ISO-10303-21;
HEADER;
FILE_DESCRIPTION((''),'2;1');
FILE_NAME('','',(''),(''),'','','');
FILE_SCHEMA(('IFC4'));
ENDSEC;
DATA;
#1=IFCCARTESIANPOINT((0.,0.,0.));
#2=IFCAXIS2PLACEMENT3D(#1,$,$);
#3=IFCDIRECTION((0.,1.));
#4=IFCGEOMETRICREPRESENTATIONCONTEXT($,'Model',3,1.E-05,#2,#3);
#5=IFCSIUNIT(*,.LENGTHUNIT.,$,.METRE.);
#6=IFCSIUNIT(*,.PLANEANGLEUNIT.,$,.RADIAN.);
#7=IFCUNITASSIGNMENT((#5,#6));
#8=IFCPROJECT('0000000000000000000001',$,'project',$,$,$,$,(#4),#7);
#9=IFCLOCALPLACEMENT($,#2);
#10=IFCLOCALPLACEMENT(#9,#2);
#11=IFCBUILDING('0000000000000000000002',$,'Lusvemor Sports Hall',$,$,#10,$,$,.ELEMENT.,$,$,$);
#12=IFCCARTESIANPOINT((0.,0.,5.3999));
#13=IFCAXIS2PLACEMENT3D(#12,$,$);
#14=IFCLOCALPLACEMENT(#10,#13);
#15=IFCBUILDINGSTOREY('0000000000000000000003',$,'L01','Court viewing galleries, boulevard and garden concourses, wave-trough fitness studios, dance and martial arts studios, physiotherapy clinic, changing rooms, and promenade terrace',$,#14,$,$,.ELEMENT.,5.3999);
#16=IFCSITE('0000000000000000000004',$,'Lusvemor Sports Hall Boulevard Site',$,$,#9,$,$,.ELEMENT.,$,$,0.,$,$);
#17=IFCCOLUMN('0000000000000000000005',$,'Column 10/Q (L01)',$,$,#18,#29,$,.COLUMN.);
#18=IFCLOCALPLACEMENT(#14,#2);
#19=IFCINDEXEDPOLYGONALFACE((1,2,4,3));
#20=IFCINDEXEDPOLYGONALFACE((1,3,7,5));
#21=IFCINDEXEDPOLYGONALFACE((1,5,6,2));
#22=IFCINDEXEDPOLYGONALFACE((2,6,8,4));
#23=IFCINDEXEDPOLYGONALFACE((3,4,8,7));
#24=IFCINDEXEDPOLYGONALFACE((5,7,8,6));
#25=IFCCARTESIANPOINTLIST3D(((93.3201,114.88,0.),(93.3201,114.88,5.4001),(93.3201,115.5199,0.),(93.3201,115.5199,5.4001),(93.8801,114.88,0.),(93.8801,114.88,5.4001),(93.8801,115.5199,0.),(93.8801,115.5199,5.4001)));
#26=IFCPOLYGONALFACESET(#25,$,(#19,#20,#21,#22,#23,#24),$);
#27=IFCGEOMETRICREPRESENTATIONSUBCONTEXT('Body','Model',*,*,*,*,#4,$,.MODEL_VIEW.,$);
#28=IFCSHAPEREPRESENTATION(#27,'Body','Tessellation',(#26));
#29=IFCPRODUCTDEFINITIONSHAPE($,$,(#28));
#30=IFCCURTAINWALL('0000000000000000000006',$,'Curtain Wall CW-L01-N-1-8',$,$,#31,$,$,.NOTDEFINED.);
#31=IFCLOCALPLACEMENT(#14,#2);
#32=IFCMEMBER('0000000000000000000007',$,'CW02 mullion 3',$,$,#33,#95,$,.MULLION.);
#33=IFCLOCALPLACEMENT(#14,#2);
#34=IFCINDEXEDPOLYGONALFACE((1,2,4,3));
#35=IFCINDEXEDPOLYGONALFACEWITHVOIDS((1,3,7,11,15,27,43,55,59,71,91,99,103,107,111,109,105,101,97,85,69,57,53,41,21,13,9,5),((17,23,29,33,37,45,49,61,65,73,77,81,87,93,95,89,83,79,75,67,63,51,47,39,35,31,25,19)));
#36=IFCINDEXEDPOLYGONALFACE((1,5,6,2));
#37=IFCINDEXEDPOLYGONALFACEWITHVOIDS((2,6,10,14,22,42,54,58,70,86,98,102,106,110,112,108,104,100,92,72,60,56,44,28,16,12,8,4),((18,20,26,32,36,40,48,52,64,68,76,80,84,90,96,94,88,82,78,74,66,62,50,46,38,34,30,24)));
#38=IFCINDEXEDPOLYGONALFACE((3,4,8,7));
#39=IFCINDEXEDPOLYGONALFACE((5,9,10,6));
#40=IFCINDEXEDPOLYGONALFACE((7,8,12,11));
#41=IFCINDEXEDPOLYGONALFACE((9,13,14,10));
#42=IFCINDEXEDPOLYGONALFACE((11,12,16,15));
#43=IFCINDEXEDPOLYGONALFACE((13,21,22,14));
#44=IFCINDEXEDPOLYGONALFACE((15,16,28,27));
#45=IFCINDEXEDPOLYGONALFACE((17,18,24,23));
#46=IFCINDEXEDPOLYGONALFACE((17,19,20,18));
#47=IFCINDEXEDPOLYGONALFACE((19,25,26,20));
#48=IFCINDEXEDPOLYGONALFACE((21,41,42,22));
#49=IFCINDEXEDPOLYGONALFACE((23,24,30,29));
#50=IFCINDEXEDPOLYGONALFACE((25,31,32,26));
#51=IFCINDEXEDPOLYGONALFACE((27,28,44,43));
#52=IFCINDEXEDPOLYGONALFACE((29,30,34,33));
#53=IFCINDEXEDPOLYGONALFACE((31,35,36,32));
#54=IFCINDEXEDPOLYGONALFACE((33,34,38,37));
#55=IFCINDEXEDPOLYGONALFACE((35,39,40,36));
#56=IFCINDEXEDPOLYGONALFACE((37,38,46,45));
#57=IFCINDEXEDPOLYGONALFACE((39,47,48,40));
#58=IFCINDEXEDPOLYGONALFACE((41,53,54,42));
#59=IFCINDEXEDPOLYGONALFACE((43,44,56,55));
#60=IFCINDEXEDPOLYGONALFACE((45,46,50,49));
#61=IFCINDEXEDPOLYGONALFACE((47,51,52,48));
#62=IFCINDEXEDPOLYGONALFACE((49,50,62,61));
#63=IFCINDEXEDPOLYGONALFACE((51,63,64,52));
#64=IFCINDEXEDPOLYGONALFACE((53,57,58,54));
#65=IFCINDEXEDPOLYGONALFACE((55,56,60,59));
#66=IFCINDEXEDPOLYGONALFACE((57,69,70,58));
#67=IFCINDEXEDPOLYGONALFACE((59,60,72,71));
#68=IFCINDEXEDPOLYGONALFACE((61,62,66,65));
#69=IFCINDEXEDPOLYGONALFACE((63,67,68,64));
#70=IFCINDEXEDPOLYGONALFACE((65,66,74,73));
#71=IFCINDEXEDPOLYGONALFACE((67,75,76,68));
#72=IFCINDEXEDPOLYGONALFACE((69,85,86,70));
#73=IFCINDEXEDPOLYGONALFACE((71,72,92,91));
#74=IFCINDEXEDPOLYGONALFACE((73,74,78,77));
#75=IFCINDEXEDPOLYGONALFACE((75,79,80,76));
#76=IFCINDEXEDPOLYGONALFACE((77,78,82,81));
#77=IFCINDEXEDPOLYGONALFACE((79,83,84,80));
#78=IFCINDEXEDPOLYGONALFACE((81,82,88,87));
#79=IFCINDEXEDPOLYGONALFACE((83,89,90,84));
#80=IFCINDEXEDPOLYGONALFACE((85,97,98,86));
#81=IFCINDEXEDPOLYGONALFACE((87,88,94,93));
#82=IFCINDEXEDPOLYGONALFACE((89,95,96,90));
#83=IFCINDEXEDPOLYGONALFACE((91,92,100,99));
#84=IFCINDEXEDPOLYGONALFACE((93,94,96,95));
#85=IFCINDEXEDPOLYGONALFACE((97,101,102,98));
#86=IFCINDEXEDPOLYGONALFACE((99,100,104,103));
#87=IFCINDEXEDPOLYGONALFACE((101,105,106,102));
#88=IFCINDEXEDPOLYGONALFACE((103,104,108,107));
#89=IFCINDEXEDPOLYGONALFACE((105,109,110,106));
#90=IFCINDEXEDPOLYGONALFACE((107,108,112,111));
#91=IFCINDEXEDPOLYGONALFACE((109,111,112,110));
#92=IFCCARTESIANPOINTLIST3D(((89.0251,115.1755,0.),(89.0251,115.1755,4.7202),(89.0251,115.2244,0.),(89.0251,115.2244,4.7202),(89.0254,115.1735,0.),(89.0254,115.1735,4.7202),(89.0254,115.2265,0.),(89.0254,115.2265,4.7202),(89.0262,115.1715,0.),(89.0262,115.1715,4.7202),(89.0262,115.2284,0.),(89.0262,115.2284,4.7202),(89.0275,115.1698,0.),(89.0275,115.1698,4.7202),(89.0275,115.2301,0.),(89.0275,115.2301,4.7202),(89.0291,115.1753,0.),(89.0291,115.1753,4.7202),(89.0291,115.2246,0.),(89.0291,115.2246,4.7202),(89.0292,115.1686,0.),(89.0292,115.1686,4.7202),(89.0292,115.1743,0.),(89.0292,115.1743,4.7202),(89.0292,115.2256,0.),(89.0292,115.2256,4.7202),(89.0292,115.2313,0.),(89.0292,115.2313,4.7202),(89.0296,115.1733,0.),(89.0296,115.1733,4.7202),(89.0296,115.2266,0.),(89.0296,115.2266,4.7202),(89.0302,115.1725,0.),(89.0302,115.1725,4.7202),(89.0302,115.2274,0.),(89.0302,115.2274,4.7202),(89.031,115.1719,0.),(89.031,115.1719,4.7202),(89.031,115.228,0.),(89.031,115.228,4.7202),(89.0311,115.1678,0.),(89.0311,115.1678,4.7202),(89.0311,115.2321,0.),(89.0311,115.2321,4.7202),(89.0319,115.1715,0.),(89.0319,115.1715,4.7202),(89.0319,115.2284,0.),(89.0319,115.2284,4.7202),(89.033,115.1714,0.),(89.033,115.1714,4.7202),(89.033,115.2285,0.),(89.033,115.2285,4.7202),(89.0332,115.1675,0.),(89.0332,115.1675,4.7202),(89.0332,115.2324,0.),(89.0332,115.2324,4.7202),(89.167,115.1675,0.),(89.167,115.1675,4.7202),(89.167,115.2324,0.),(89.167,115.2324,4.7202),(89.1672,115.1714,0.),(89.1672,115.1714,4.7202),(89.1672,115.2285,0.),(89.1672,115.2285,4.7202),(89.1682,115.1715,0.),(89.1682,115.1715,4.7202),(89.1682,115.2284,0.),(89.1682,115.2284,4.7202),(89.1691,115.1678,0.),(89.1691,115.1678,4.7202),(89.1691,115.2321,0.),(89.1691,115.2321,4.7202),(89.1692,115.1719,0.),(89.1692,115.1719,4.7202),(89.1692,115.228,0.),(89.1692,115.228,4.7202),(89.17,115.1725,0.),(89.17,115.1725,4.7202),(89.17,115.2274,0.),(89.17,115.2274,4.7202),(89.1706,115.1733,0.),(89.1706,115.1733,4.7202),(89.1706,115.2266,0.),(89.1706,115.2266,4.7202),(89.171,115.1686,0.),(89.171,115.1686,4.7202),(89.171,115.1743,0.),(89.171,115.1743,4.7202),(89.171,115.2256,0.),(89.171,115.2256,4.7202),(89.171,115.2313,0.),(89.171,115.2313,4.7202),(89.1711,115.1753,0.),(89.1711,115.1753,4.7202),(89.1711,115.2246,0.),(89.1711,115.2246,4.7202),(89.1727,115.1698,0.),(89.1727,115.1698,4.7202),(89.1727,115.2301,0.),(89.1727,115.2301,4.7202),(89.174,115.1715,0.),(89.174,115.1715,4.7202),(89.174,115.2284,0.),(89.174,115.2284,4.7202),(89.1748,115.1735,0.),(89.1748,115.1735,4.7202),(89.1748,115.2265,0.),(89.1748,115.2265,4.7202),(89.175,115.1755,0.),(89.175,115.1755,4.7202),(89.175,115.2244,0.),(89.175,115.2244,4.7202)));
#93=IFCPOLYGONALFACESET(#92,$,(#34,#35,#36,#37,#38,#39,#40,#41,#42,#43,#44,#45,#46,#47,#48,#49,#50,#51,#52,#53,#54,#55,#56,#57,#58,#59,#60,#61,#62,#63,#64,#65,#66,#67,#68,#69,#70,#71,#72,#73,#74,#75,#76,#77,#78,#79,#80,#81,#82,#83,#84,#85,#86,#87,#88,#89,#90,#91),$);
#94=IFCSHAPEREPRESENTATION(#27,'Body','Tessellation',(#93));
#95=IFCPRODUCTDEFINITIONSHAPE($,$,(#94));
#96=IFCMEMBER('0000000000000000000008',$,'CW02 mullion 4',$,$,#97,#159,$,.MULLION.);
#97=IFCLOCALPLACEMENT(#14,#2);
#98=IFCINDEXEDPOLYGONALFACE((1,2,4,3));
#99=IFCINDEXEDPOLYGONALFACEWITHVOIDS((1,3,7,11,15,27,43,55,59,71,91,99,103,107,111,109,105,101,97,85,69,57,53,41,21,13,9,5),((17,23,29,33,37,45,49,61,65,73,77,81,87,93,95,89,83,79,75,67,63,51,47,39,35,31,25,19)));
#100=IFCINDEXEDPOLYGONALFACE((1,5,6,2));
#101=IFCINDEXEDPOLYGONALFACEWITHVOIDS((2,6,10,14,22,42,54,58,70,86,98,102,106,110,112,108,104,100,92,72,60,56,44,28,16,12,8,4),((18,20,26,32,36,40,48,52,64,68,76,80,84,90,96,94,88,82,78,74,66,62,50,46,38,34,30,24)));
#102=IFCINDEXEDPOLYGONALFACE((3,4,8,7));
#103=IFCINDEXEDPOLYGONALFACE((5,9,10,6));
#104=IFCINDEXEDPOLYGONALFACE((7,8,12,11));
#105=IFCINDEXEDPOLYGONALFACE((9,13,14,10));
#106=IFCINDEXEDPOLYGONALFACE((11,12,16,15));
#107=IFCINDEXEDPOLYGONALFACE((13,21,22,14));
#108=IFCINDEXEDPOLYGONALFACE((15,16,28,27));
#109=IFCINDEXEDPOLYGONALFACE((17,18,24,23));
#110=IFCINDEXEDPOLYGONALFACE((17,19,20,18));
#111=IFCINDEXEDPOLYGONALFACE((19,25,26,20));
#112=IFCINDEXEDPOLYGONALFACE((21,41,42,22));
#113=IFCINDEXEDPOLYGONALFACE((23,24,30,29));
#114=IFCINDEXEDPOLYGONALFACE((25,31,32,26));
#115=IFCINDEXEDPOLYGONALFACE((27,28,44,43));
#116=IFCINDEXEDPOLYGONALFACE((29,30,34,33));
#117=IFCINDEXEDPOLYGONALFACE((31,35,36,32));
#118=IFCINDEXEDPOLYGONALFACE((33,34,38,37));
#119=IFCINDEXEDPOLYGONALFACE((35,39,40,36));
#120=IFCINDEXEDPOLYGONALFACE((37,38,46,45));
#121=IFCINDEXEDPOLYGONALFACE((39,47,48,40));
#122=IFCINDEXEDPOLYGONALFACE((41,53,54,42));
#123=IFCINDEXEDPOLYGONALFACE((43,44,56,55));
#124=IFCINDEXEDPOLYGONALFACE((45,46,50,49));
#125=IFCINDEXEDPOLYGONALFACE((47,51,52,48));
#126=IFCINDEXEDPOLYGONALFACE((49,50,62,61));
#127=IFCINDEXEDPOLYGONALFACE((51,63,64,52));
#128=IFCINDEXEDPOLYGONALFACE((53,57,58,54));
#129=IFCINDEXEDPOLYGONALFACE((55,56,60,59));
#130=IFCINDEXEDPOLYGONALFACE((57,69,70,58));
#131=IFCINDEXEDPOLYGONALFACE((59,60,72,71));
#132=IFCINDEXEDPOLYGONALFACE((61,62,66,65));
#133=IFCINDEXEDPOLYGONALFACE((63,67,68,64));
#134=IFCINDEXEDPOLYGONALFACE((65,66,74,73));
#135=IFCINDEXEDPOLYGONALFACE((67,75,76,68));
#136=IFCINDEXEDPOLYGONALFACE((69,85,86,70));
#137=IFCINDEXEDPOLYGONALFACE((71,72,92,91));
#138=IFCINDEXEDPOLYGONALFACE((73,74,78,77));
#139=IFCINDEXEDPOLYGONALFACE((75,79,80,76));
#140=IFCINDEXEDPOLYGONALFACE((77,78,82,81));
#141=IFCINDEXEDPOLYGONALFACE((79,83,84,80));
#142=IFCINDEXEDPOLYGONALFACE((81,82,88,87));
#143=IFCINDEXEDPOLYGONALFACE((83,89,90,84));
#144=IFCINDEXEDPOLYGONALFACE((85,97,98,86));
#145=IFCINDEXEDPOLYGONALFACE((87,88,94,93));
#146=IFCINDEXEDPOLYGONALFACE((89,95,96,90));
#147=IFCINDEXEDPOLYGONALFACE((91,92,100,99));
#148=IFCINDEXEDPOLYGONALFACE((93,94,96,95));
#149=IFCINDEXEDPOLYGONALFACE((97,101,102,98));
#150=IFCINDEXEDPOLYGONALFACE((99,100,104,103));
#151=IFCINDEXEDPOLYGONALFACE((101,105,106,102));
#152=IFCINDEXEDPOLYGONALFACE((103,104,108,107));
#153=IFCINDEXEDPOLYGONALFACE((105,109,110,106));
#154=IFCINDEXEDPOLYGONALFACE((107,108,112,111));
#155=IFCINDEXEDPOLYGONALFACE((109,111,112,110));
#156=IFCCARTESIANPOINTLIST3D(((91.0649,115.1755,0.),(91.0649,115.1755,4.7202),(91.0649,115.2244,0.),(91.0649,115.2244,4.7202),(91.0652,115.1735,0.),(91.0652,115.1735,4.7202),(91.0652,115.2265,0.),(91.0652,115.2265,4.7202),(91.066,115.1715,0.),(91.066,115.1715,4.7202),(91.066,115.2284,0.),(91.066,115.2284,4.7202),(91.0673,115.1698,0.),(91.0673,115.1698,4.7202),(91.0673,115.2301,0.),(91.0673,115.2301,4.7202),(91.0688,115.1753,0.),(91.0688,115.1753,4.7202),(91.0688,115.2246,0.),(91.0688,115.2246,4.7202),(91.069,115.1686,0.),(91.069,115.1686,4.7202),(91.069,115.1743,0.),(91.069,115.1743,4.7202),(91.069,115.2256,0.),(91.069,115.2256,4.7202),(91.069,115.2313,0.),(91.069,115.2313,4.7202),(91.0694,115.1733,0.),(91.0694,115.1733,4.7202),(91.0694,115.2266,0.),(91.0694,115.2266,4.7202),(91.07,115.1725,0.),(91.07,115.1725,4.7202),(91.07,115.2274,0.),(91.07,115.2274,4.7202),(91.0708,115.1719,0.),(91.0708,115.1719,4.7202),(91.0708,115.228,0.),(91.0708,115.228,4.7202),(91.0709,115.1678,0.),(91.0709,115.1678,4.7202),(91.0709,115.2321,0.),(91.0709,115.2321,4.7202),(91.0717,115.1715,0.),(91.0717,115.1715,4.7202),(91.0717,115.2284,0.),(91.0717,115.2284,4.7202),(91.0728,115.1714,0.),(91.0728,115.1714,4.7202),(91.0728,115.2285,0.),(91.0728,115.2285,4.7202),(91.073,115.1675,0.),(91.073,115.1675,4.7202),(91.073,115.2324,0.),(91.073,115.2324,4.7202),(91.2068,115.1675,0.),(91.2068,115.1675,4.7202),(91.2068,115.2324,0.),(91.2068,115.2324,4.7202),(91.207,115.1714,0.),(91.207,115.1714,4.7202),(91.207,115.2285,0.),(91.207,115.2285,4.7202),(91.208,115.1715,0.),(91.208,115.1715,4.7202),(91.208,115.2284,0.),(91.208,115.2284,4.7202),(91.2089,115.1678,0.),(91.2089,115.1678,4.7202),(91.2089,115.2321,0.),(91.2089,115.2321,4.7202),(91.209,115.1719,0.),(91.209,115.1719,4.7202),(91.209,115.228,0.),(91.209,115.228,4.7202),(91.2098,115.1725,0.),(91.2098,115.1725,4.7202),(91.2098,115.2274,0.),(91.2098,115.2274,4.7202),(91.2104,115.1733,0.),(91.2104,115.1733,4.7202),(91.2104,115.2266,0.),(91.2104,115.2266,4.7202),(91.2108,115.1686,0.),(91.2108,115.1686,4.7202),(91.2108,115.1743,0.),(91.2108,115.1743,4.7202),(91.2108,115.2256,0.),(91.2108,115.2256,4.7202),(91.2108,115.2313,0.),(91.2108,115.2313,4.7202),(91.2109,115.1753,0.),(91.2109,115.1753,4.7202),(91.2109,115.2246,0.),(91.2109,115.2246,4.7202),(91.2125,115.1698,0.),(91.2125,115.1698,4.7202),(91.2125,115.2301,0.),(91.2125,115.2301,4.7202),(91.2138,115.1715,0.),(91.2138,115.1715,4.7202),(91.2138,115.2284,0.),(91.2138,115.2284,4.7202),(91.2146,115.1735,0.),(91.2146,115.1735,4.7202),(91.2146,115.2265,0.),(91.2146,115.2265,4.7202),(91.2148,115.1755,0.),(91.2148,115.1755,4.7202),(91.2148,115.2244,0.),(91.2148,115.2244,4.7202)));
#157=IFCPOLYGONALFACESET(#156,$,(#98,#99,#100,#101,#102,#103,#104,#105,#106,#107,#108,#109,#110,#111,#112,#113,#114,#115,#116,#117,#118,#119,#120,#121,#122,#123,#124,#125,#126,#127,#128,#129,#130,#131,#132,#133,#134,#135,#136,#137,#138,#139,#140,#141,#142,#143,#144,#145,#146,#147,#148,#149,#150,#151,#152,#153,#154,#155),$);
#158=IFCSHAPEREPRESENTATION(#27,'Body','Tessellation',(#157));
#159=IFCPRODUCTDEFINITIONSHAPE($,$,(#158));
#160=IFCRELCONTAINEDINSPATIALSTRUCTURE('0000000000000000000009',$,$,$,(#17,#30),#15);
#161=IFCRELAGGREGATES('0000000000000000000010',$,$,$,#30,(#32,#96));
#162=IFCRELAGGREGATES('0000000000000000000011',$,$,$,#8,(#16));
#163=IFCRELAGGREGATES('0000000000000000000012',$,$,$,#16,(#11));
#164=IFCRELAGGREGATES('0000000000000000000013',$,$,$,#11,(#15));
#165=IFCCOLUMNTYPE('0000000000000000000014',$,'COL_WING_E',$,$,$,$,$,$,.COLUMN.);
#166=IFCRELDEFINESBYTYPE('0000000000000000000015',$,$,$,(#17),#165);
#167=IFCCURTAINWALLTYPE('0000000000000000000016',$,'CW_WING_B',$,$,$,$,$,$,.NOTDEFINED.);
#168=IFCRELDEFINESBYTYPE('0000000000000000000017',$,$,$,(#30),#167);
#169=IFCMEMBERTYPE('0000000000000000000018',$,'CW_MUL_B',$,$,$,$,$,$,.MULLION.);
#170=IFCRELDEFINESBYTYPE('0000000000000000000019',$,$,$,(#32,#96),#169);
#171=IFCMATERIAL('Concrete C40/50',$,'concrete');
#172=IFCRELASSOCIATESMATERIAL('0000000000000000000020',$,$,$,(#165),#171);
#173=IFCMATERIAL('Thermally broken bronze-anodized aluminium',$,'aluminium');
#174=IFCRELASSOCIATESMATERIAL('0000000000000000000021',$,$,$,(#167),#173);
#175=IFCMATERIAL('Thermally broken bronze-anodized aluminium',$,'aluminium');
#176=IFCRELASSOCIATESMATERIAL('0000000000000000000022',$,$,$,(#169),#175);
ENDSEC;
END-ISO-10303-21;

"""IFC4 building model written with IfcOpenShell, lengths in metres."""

from ifc_helpers import new_model, si_unit, direction, frame, origin, origin_2d, place, context, subcontext, project, spatial, rectangle, hollow_rectangle, extrude, material, material_profile, profile_set, type_object, element, aggregate, save


model = new_model("IFC4")

# Units and contexts
model_context = context("Model", 3, precision=1e-05, world=origin(), true_north=direction((0.0, 1.0)))
body_context = subcontext(model_context, "Body", "Model", "MODEL_VIEW")
ifc_project = project(units=[si_unit("LENGTHUNIT", "METRE"), si_unit("PLANEANGLEUNIT", "RADIAN")], contexts=[model_context])

# Site, building, storey
site_placement = place(None, origin())
site = spatial("IfcSite", under=ifc_project, at=site_placement, Name="Lusvemor Sports Hall Boulevard Site", CompositionType="ELEMENT", RefElevation=0.0)
building_placement = place(site_placement, origin())
building = spatial("IfcBuilding", under=site, at=building_placement, Name="Lusvemor Sports Hall", CompositionType="ELEMENT")
storey_placement = place(building_placement, frame((0.0, 0.0, 5.3999)))
storey = spatial("IfcBuildingStorey", under=building, at=storey_placement, Name="L01", Description="Court viewing galleries, boulevard and garden concourses, wave-trough fitness studios, dance and martial arts studios, physiotherapy clinic, changing rooms, and promenade terrace", CompositionType="ELEMENT", Elevation=5.3999)

# Column
ifc_material_1 = material(Name="Concrete C40/50", Category="concrete")
ifc_material_profile_1 = material_profile(ifc_material_1, rectangle(XDim=0.5601, YDim=0.6399, at=origin_2d()), Name="RC560x640")
ifc_profile_set_1 = profile_set([ifc_material_profile_1], Name="Concrete C40/50")
column_type = type_object("IfcColumnType", Name="COL_WING_E", PredefinedType="COLUMN", material=ifc_profile_set_1)
column_placement = place(storey_placement, frame((93.6001, 115.2, 0.0), z_axis=(0.0, 0.0, 1.0), x_axis=(1.0, 0.0, 0.0)))
element("IfcColumn", 1, at=column_placement, inside=storey, type_object=column_type, Name="Column 10/Q (L01)", PredefinedType="COLUMN", context=body_context, shape_type="SweptSolid", body=[
    extrude(rectangle(XDim=0.5601, YDim=0.6399, at=origin_2d()), origin(), (0.0, 0.0, 1.0), 5.4001),
])

# Curtain wall, members
ifc_material_2 = material(Name="Thermally broken bronze-anodized aluminium", Category="aluminium")
curtain_wall_type = type_object("IfcCurtainWallType", Name="CW_WING_B", PredefinedType="NOTDEFINED", material=ifc_material_2)
curtain_wall_1_placement = place(storey_placement, origin())
curtain_wall_1 = element("IfcCurtainWall", 2, at=curtain_wall_1_placement, inside=storey, type_object=curtain_wall_type, Name="Curtain Wall CW-L01-N-1-8", PredefinedType="NOTDEFINED")
ifc_material_3 = material(Name="Thermally broken bronze-anodized aluminium", Category="aluminium")
ifc_material_profile_2 = material_profile(ifc_material_3, hollow_rectangle(XDim=0.0649, YDim=0.1499, WallThickness=0.0039, InnerFilletRadius=0.0039, OuterFilletRadius=0.0081, at=origin_2d()), Name="CWMUL150x65x4")
ifc_profile_set_2 = profile_set([ifc_material_profile_2], Name="Thermally broken bronze-anodized aluminium")
member_type_1 = type_object("IfcMemberType", Name="CW_MUL_B", PredefinedType="MULLION", material=ifc_profile_set_2)
member_1_placement = place(storey_placement, frame((89.1001, 115.2, 0.0), z_axis=(0.0, 0.0, 1.0), x_axis=(0.0, 1.0, 0.0)))
member_1 = element("IfcMember", 3, at=member_1_placement, type_object=member_type_1, Name="CW02 mullion 3", PredefinedType="MULLION", context=body_context, shape_type="SweptSolid", body=[
    extrude(hollow_rectangle(XDim=0.0649, YDim=0.1499, WallThickness=0.0039, InnerFilletRadius=0.0039, OuterFilletRadius=0.0081, at=origin_2d()), origin(), (0.0, 0.0, 1.0), 4.7202),
])
member_2_placement = place(storey_placement, frame((91.1399, 115.2, 0.0), z_axis=(0.0, 0.0, 1.0), x_axis=(0.0, 1.0, 0.0)))
member_2 = element("IfcMember", 4, at=member_2_placement, type_object=member_type_1, Name="CW02 mullion 4", PredefinedType="MULLION", context=body_context, shape_type="SweptSolid", body=[
    extrude(hollow_rectangle(XDim=0.0649, YDim=0.1499, WallThickness=0.0039, InnerFilletRadius=0.0039, OuterFilletRadius=0.0081, at=origin_2d()), origin(), (0.0, 0.0, 1.0), 4.7202),
])

aggregate(curtain_wall_1, [member_1, member_2])

save(model, "model.ifc")
